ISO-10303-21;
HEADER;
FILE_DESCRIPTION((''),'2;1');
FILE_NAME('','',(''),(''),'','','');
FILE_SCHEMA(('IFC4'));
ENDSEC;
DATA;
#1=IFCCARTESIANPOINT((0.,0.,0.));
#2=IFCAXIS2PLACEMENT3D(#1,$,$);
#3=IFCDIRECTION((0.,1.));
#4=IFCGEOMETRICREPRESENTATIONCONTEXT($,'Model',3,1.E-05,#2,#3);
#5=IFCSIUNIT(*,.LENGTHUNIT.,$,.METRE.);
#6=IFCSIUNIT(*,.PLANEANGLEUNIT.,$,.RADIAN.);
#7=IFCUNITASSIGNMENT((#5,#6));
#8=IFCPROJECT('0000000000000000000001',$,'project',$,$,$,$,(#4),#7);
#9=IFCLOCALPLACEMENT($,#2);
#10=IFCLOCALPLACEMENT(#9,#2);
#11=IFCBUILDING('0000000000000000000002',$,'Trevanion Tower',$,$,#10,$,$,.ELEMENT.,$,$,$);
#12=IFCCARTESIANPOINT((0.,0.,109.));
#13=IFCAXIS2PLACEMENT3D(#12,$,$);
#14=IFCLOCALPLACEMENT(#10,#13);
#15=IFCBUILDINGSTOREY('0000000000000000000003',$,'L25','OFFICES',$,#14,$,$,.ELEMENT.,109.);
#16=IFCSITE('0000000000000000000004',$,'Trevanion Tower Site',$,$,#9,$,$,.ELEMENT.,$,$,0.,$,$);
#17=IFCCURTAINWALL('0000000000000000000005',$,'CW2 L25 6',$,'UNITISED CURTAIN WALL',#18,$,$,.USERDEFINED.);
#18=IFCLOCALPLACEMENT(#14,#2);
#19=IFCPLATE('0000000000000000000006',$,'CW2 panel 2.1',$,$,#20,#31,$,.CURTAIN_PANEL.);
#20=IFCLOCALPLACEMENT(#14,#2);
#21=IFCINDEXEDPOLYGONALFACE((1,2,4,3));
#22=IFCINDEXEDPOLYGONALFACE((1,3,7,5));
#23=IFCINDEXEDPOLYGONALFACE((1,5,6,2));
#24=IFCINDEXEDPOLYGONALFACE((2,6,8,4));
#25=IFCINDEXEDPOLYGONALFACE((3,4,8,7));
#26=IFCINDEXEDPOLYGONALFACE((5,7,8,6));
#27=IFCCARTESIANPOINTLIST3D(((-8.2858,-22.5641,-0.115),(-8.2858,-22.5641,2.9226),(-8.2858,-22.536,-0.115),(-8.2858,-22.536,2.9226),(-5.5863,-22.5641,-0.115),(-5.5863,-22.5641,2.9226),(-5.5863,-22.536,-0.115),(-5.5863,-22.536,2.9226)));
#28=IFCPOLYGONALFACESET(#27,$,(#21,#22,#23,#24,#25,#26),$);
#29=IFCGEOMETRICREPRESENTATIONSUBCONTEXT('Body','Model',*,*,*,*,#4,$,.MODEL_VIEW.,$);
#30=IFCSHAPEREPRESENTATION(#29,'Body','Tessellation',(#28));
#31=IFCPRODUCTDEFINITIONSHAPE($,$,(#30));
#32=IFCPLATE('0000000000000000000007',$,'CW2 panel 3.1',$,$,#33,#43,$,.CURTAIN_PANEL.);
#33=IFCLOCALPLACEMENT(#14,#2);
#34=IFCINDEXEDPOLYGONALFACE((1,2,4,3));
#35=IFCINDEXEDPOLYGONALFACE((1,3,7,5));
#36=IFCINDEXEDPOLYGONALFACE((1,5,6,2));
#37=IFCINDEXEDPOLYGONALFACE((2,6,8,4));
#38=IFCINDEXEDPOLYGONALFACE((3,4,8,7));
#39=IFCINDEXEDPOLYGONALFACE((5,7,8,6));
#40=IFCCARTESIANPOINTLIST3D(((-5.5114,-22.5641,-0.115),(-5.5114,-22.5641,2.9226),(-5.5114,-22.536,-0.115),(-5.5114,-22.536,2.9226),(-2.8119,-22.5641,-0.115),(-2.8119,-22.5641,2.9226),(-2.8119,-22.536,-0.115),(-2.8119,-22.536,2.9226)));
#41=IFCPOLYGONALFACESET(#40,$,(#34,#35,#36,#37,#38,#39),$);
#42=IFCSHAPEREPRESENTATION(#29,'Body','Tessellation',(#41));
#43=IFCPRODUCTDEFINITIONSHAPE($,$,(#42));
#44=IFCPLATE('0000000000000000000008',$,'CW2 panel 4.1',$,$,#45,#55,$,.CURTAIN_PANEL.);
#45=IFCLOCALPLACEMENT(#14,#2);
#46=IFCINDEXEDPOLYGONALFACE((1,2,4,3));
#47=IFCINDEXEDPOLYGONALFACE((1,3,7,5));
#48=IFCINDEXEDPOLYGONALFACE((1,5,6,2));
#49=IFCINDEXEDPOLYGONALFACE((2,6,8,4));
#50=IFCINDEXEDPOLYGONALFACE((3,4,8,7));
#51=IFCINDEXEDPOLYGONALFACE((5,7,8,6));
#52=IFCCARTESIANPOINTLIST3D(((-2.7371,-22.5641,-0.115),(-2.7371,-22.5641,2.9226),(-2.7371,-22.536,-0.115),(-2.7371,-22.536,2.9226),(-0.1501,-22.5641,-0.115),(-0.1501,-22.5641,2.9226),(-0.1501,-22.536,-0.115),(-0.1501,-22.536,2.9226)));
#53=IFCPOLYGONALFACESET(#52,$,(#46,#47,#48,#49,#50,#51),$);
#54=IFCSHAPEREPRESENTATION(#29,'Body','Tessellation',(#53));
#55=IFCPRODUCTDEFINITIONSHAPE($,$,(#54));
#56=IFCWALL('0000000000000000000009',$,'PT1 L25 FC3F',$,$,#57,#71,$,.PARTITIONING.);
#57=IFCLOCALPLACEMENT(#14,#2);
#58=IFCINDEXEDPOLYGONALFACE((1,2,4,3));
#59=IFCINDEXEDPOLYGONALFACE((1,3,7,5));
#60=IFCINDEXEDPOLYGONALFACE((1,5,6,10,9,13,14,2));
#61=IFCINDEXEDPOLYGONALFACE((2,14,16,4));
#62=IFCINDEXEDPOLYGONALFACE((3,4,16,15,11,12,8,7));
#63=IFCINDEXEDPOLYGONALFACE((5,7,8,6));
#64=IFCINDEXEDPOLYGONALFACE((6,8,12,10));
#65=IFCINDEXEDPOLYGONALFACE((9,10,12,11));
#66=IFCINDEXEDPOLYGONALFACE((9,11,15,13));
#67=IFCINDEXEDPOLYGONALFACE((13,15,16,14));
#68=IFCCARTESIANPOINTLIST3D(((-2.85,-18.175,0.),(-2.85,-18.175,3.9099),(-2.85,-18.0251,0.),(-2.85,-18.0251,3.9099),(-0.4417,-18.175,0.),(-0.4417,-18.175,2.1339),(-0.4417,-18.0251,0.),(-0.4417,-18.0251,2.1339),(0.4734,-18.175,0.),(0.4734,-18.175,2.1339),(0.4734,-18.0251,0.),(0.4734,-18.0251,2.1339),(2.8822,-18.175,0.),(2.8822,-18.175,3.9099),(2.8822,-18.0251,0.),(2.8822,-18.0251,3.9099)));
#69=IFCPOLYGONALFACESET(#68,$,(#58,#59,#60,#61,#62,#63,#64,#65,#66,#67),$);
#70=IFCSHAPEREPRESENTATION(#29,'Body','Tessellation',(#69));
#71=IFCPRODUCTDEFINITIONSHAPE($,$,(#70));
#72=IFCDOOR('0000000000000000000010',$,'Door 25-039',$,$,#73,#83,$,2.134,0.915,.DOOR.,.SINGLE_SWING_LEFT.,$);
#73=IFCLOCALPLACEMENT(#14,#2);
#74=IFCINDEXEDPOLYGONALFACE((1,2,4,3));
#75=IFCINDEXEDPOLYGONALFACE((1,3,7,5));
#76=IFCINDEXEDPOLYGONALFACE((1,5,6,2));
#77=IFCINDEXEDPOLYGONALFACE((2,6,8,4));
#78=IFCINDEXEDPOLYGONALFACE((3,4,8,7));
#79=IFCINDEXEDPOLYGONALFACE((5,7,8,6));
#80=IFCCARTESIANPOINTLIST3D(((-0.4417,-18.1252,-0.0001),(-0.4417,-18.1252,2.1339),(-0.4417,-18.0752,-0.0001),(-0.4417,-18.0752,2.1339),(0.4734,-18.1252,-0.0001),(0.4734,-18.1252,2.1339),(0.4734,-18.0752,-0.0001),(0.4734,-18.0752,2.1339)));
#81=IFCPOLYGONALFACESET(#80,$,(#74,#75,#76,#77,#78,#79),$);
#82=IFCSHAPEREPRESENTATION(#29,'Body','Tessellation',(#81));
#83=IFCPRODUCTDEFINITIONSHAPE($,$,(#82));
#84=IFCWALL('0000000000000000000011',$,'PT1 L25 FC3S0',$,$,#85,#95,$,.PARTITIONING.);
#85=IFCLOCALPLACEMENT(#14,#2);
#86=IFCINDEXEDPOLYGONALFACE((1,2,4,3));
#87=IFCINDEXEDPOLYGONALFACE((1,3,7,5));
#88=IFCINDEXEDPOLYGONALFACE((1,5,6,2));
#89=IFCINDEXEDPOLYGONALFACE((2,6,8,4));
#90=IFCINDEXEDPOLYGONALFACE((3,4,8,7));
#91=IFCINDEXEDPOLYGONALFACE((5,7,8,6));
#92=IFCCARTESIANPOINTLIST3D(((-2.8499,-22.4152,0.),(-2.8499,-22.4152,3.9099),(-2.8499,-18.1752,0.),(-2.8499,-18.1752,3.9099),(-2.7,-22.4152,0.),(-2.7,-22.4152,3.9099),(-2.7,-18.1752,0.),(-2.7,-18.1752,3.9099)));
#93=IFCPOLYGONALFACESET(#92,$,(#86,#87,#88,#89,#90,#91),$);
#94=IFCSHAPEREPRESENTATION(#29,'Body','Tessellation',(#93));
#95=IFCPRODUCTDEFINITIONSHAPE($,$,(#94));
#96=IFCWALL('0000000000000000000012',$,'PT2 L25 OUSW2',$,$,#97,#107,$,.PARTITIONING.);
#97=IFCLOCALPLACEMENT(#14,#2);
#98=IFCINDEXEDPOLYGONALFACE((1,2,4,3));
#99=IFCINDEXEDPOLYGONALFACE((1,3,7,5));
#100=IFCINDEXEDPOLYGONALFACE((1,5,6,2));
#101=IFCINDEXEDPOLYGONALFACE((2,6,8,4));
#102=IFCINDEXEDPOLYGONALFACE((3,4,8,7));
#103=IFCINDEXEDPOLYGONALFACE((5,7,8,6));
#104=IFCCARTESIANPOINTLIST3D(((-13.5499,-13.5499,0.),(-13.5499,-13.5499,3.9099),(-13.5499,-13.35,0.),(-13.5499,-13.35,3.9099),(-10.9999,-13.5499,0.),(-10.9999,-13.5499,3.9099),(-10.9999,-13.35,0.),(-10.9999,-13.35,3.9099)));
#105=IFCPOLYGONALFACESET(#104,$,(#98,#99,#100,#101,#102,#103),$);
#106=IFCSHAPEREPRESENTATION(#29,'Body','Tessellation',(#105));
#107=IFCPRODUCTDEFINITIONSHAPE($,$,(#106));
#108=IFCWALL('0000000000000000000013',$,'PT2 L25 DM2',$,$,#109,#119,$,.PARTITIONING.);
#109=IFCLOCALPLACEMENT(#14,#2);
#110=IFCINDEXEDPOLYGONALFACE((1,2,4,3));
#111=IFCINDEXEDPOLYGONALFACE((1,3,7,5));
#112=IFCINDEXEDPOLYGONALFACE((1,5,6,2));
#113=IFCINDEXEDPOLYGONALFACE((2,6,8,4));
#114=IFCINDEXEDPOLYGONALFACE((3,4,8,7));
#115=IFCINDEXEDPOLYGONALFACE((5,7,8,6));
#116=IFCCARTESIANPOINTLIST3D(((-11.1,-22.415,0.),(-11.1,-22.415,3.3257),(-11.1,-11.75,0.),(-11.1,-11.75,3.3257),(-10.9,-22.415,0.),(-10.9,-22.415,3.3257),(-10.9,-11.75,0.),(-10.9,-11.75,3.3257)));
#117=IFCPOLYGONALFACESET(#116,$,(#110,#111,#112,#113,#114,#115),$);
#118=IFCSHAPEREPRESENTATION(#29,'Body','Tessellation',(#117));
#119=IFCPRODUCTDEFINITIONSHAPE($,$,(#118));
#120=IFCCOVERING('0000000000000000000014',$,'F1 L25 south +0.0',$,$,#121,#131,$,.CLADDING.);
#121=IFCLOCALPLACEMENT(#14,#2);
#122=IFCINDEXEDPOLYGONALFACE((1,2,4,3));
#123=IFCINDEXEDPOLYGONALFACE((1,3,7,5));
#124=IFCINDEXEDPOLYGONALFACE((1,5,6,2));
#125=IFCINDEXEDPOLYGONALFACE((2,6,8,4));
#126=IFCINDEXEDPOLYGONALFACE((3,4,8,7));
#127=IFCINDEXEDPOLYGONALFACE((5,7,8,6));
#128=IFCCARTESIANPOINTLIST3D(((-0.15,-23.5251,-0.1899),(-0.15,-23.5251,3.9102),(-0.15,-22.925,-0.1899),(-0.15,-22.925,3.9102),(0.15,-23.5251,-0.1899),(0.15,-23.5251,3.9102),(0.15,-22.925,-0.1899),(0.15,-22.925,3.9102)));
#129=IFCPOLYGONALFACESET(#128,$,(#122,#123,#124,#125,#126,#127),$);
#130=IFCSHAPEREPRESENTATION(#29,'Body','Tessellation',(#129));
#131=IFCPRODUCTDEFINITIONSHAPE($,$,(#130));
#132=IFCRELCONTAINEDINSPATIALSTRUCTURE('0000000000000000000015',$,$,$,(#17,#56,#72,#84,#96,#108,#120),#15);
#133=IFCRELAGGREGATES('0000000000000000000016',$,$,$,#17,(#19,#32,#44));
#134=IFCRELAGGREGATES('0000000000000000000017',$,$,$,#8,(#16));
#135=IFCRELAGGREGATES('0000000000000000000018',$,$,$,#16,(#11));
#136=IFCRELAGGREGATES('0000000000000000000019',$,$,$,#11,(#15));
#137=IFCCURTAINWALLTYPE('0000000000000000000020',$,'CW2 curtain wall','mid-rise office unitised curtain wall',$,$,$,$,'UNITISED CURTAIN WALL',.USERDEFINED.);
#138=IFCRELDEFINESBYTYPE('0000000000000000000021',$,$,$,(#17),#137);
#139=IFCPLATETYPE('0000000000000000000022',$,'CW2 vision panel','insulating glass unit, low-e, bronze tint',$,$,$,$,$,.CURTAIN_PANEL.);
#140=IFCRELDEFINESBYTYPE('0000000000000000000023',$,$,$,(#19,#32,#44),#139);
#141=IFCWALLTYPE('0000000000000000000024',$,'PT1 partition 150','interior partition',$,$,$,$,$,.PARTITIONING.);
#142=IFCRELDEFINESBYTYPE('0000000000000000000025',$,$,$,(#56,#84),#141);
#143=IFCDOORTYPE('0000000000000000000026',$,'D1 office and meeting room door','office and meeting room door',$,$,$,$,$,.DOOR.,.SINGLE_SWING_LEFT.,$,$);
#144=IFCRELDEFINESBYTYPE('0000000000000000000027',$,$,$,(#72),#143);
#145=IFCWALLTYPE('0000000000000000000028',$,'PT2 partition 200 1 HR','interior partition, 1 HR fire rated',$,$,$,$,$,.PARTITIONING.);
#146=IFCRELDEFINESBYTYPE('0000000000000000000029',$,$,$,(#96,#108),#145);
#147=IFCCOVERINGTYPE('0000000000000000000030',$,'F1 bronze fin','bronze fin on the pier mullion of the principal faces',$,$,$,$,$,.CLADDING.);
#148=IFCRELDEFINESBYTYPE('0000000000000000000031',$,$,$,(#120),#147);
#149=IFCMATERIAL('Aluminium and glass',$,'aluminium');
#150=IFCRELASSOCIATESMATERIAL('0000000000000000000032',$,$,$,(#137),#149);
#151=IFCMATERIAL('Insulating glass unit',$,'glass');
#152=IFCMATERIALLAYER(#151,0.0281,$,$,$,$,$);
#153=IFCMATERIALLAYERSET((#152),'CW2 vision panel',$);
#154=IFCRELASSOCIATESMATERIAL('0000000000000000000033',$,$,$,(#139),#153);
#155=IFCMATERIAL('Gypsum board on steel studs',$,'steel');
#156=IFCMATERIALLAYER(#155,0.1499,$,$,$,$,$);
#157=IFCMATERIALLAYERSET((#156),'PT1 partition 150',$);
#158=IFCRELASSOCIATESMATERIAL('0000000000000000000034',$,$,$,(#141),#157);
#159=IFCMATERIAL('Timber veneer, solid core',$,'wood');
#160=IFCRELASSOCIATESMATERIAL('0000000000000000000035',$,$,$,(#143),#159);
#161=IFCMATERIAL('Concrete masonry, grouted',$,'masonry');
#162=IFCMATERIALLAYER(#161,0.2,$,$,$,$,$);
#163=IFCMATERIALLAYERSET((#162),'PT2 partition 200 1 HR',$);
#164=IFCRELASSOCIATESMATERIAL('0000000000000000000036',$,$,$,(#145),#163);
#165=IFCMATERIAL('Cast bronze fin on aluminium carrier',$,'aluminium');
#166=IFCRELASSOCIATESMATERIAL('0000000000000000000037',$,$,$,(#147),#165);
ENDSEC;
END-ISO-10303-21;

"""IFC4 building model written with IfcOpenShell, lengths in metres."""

from ifc_helpers import new_model, si_unit, direction, frame, frame_2d, origin, origin_2d, place, context, subcontext, project, spatial, rectangle, extrude, material, layer, layer_set, type_object, element, fill, aggregate, save


model = new_model("IFC4")

# Units and contexts
model_context = context("Model", 3, precision=1e-05, world=origin(), true_north=direction((0.0, 1.0)))
body_context = subcontext(model_context, "Body", "Model", "MODEL_VIEW")
ifc_project = project(units=[si_unit("LENGTHUNIT", "METRE"), si_unit("PLANEANGLEUNIT", "RADIAN")], contexts=[model_context])

# Site, building, storey
site_placement = place(None, origin())
site = spatial("IfcSite", under=ifc_project, at=site_placement, Name="Trevanion Tower Site", CompositionType="ELEMENT", RefElevation=0.0)
building_placement = place(site_placement, origin())
building = spatial("IfcBuilding", under=site, at=building_placement, Name="Trevanion Tower", CompositionType="ELEMENT")
storey_placement = place(building_placement, frame((0.0, 0.0, 109.0)))
storey = spatial("IfcBuildingStorey", under=building, at=storey_placement, Name="L25", Description="OFFICES", CompositionType="ELEMENT", Elevation=109.0)

# Curtain wall
ifc_material_1 = material(Name="Aluminium and glass", Category="aluminium")
curtain_wall_type = type_object("IfcCurtainWallType", Name="CW2 curtain wall", Description="mid-rise office unitised curtain wall", ElementType="UNITISED CURTAIN WALL", PredefinedType="USERDEFINED", material=ifc_material_1)
curtain_wall_placement = place(storey_placement, origin())
curtain_wall = element("IfcCurtainWall", 1, at=curtain_wall_placement, inside=storey, type_object=curtain_wall_type, Name="CW2 L25 6", ObjectType="UNITISED CURTAIN WALL", PredefinedType="USERDEFINED")

# Plates
ifc_material_2 = material(Name="Insulating glass unit", Category="glass")
ifc_layer_1 = layer(ifc_material_2, 0.0281)
ifc_layer_set_1 = layer_set([ifc_layer_1], Name="CW2 vision panel")
plate_type_1 = type_object("IfcPlateType", Name="CW2 vision panel", Description="insulating glass unit, low-e, bronze tint", PredefinedType="CURTAIN_PANEL", material=ifc_layer_set_1)
plate_1_placement = place(storey_placement, frame((-6.936, -22.55, -0.115), z_axis=(0.0, 0.0, 1.0), x_axis=(1.0, 0.0, 0.0)))
plate_1 = element("IfcPlate", 2, at=plate_1_placement, type_object=plate_type_1, Name="CW2 panel 2.1", PredefinedType="CURTAIN_PANEL", context=body_context, shape_type="SweptSolid", body=[
    extrude(rectangle(XDim=2.6995, YDim=0.0281, at=origin_2d()), origin(), (0.0, 0.0, 1.0), 3.0376),
])
plate_2_placement = place(storey_placement, frame((-4.1616, -22.55, -0.115), z_axis=(0.0, 0.0, 1.0), x_axis=(1.0, 0.0, 0.0)))
plate_2 = element("IfcPlate", 3, at=plate_2_placement, type_object=plate_type_1, Name="CW2 panel 3.1", PredefinedType="CURTAIN_PANEL", context=body_context, shape_type="SweptSolid", body=[
    extrude(rectangle(XDim=2.6995, YDim=0.0281, at=origin_2d()), origin(), (0.0, 0.0, 1.0), 3.0376),
])
plate_3_placement = place(storey_placement, frame((-1.4436, -22.55, -0.115), z_axis=(0.0, 0.0, 1.0), x_axis=(1.0, 0.0, 0.0)))
plate_3 = element("IfcPlate", 4, at=plate_3_placement, type_object=plate_type_1, Name="CW2 panel 4.1", PredefinedType="CURTAIN_PANEL", context=body_context, shape_type="SweptSolid", body=[
    extrude(rectangle(XDim=2.5869, YDim=0.0281, at=origin_2d()), origin(), (0.0, 0.0, 1.0), 3.0376),
])
aggregate(curtain_wall, [plate_1, plate_2, plate_3])

# Wall, opening, door
ifc_material_3 = material(Name="Gypsum board on steel studs", Category="steel")
ifc_layer_2 = layer(ifc_material_3, 0.1499)
ifc_layer_set_2 = layer_set([ifc_layer_2], Name="PT1 partition 150")
wall_type_1 = type_object("IfcWallType", Name="PT1 partition 150", Description="interior partition", PredefinedType="PARTITIONING", material=ifc_layer_set_2)
wall_1_placement = place(storey_placement, frame((-2.8501, -18.1001, 0.0), z_axis=(0.0, 0.0, 1.0), x_axis=(1.0, 0.0, 0.0)))
wall_1 = element("IfcWall", 5, at=wall_1_placement, inside=storey, type_object=wall_type_1, Name="PT1 L25 FC3F", PredefinedType="PARTITIONING", context=body_context, shape_type="SweptSolid", body=[
    extrude(rectangle(XDim=5.7322, YDim=0.1499, at=frame_2d((2.8662, 0.0))), origin(), (0.0, 0.0, 1.0), 3.9099),
])
opening_placement = place(wall_1_placement, frame((2.4084, 0.0, 0.0)))
opening = element("IfcOpeningElement", 6, at=opening_placement, cuts=wall_1, PredefinedType="OPENING", context=body_context, shape_type="SweptSolid", body=[
    extrude(rectangle(XDim=0.915, YDim=2.134, at=frame_2d((0.4575, 1.0669))), frame((0.0, 0.085, 0.0), z_axis=(0.0, -1.0, 0.0), x_axis=(1.0, 0.0, 0.0)), (0.0, 0.0, 1.0), 0.1699),
])
ifc_material_4 = material(Name="Timber veneer, solid core", Category="wood")
door_type = type_object("IfcDoorType", Name="D1 office and meeting room door", Description="office and meeting room door", OperationType="SINGLE_SWING_LEFT", PredefinedType="DOOR", material=ifc_material_4)
door_placement = place(opening_placement, origin())
door = element("IfcDoor", 7, at=door_placement, inside=storey, type_object=door_type, Name="Door 25-039", OperationType="SINGLE_SWING_LEFT", OverallHeight=2.134, OverallWidth=0.915, PredefinedType="DOOR", context=body_context, shape_type="SweptSolid", body=[
    extrude(rectangle(XDim=0.915, YDim=2.134, at=frame_2d((0.4575, 1.0669))), frame((0.0, 0.0249, 0.0), z_axis=(0.0, -1.0, 0.0), x_axis=(1.0, 0.0, 0.0)), (0.0, 0.0, 1.0), 0.05),
])
fill(opening, door)

# Walls
wall_2_placement = place(storey_placement, frame((-2.7749, -18.175, 0.0), z_axis=(0.0, 0.0, 1.0), x_axis=(0.0, -1.0, 0.0)))
element("IfcWall", 8, at=wall_2_placement, inside=storey, type_object=wall_type_1, Name="PT1 L25 FC3S0", PredefinedType="PARTITIONING", context=body_context, shape_type="SweptSolid", body=[
    extrude(rectangle(XDim=4.24, YDim=0.1499, at=frame_2d((2.1201, 0.0))), origin(), (0.0, 0.0, 1.0), 3.9099),
])
ifc_material_5 = material(Name="Concrete masonry, grouted", Category="masonry")
ifc_layer_3 = layer(ifc_material_5, 0.2)
ifc_layer_set_3 = layer_set([ifc_layer_3], Name="PT2 partition 200 1 HR")
wall_type_2 = type_object("IfcWallType", Name="PT2 partition 200 1 HR", Description="interior partition, 1 HR fire rated", PredefinedType="PARTITIONING", material=ifc_layer_set_3)
wall_3_placement = place(storey_placement, frame((-11.0, -13.45, 0.0), z_axis=(0.0, 0.0, 1.0), x_axis=(-1.0, 0.0, 0.0)))
element("IfcWall", 9, at=wall_3_placement, inside=storey, type_object=wall_type_2, Name="PT2 L25 OUSW2", PredefinedType="PARTITIONING", context=body_context, shape_type="SweptSolid", body=[
    extrude(rectangle(XDim=2.55, YDim=0.2, at=frame_2d((1.2749, 0.0))), origin(), (0.0, 0.0, 1.0), 3.9099),
])
wall_4_placement = place(storey_placement, frame((-11.0, -11.75, 0.0), z_axis=(0.0, 0.0, 1.0), x_axis=(0.0, -1.0, 0.0)))
element("IfcWall", 10, at=wall_4_placement, inside=storey, type_object=wall_type_2, Name="PT2 L25 DM2", PredefinedType="PARTITIONING", context=body_context, shape_type="SweptSolid", body=[
    extrude(rectangle(XDim=10.665, YDim=0.2, at=frame_2d((5.3325, 0.0))), origin(), (0.0, 0.0, 1.0), 3.3257),
])

# Covering
ifc_material_6 = material(Name="Cast bronze fin on aluminium carrier", Category="aluminium")
covering_type = type_object("IfcCoveringType", Name="F1 bronze fin", Description="bronze fin on the pier mullion of the principal faces", PredefinedType="CLADDING", material=ifc_material_6)
covering_placement = place(storey_placement, frame((0.0, -23.2251, -0.1899), z_axis=(0.0, 0.0, 1.0), x_axis=(1.0, 0.0, 0.0)))
element("IfcCovering", 11, at=covering_placement, inside=storey, type_object=covering_type, Name="F1 L25 south +0.0", PredefinedType="CLADDING", context=body_context, shape_type="SweptSolid", body=[
    extrude(rectangle(XDim=0.3, YDim=0.6001, at=origin_2d()), origin(), (0.0, 0.0, 1.0), 4.1001),
])

save(model, "model.ifc")
